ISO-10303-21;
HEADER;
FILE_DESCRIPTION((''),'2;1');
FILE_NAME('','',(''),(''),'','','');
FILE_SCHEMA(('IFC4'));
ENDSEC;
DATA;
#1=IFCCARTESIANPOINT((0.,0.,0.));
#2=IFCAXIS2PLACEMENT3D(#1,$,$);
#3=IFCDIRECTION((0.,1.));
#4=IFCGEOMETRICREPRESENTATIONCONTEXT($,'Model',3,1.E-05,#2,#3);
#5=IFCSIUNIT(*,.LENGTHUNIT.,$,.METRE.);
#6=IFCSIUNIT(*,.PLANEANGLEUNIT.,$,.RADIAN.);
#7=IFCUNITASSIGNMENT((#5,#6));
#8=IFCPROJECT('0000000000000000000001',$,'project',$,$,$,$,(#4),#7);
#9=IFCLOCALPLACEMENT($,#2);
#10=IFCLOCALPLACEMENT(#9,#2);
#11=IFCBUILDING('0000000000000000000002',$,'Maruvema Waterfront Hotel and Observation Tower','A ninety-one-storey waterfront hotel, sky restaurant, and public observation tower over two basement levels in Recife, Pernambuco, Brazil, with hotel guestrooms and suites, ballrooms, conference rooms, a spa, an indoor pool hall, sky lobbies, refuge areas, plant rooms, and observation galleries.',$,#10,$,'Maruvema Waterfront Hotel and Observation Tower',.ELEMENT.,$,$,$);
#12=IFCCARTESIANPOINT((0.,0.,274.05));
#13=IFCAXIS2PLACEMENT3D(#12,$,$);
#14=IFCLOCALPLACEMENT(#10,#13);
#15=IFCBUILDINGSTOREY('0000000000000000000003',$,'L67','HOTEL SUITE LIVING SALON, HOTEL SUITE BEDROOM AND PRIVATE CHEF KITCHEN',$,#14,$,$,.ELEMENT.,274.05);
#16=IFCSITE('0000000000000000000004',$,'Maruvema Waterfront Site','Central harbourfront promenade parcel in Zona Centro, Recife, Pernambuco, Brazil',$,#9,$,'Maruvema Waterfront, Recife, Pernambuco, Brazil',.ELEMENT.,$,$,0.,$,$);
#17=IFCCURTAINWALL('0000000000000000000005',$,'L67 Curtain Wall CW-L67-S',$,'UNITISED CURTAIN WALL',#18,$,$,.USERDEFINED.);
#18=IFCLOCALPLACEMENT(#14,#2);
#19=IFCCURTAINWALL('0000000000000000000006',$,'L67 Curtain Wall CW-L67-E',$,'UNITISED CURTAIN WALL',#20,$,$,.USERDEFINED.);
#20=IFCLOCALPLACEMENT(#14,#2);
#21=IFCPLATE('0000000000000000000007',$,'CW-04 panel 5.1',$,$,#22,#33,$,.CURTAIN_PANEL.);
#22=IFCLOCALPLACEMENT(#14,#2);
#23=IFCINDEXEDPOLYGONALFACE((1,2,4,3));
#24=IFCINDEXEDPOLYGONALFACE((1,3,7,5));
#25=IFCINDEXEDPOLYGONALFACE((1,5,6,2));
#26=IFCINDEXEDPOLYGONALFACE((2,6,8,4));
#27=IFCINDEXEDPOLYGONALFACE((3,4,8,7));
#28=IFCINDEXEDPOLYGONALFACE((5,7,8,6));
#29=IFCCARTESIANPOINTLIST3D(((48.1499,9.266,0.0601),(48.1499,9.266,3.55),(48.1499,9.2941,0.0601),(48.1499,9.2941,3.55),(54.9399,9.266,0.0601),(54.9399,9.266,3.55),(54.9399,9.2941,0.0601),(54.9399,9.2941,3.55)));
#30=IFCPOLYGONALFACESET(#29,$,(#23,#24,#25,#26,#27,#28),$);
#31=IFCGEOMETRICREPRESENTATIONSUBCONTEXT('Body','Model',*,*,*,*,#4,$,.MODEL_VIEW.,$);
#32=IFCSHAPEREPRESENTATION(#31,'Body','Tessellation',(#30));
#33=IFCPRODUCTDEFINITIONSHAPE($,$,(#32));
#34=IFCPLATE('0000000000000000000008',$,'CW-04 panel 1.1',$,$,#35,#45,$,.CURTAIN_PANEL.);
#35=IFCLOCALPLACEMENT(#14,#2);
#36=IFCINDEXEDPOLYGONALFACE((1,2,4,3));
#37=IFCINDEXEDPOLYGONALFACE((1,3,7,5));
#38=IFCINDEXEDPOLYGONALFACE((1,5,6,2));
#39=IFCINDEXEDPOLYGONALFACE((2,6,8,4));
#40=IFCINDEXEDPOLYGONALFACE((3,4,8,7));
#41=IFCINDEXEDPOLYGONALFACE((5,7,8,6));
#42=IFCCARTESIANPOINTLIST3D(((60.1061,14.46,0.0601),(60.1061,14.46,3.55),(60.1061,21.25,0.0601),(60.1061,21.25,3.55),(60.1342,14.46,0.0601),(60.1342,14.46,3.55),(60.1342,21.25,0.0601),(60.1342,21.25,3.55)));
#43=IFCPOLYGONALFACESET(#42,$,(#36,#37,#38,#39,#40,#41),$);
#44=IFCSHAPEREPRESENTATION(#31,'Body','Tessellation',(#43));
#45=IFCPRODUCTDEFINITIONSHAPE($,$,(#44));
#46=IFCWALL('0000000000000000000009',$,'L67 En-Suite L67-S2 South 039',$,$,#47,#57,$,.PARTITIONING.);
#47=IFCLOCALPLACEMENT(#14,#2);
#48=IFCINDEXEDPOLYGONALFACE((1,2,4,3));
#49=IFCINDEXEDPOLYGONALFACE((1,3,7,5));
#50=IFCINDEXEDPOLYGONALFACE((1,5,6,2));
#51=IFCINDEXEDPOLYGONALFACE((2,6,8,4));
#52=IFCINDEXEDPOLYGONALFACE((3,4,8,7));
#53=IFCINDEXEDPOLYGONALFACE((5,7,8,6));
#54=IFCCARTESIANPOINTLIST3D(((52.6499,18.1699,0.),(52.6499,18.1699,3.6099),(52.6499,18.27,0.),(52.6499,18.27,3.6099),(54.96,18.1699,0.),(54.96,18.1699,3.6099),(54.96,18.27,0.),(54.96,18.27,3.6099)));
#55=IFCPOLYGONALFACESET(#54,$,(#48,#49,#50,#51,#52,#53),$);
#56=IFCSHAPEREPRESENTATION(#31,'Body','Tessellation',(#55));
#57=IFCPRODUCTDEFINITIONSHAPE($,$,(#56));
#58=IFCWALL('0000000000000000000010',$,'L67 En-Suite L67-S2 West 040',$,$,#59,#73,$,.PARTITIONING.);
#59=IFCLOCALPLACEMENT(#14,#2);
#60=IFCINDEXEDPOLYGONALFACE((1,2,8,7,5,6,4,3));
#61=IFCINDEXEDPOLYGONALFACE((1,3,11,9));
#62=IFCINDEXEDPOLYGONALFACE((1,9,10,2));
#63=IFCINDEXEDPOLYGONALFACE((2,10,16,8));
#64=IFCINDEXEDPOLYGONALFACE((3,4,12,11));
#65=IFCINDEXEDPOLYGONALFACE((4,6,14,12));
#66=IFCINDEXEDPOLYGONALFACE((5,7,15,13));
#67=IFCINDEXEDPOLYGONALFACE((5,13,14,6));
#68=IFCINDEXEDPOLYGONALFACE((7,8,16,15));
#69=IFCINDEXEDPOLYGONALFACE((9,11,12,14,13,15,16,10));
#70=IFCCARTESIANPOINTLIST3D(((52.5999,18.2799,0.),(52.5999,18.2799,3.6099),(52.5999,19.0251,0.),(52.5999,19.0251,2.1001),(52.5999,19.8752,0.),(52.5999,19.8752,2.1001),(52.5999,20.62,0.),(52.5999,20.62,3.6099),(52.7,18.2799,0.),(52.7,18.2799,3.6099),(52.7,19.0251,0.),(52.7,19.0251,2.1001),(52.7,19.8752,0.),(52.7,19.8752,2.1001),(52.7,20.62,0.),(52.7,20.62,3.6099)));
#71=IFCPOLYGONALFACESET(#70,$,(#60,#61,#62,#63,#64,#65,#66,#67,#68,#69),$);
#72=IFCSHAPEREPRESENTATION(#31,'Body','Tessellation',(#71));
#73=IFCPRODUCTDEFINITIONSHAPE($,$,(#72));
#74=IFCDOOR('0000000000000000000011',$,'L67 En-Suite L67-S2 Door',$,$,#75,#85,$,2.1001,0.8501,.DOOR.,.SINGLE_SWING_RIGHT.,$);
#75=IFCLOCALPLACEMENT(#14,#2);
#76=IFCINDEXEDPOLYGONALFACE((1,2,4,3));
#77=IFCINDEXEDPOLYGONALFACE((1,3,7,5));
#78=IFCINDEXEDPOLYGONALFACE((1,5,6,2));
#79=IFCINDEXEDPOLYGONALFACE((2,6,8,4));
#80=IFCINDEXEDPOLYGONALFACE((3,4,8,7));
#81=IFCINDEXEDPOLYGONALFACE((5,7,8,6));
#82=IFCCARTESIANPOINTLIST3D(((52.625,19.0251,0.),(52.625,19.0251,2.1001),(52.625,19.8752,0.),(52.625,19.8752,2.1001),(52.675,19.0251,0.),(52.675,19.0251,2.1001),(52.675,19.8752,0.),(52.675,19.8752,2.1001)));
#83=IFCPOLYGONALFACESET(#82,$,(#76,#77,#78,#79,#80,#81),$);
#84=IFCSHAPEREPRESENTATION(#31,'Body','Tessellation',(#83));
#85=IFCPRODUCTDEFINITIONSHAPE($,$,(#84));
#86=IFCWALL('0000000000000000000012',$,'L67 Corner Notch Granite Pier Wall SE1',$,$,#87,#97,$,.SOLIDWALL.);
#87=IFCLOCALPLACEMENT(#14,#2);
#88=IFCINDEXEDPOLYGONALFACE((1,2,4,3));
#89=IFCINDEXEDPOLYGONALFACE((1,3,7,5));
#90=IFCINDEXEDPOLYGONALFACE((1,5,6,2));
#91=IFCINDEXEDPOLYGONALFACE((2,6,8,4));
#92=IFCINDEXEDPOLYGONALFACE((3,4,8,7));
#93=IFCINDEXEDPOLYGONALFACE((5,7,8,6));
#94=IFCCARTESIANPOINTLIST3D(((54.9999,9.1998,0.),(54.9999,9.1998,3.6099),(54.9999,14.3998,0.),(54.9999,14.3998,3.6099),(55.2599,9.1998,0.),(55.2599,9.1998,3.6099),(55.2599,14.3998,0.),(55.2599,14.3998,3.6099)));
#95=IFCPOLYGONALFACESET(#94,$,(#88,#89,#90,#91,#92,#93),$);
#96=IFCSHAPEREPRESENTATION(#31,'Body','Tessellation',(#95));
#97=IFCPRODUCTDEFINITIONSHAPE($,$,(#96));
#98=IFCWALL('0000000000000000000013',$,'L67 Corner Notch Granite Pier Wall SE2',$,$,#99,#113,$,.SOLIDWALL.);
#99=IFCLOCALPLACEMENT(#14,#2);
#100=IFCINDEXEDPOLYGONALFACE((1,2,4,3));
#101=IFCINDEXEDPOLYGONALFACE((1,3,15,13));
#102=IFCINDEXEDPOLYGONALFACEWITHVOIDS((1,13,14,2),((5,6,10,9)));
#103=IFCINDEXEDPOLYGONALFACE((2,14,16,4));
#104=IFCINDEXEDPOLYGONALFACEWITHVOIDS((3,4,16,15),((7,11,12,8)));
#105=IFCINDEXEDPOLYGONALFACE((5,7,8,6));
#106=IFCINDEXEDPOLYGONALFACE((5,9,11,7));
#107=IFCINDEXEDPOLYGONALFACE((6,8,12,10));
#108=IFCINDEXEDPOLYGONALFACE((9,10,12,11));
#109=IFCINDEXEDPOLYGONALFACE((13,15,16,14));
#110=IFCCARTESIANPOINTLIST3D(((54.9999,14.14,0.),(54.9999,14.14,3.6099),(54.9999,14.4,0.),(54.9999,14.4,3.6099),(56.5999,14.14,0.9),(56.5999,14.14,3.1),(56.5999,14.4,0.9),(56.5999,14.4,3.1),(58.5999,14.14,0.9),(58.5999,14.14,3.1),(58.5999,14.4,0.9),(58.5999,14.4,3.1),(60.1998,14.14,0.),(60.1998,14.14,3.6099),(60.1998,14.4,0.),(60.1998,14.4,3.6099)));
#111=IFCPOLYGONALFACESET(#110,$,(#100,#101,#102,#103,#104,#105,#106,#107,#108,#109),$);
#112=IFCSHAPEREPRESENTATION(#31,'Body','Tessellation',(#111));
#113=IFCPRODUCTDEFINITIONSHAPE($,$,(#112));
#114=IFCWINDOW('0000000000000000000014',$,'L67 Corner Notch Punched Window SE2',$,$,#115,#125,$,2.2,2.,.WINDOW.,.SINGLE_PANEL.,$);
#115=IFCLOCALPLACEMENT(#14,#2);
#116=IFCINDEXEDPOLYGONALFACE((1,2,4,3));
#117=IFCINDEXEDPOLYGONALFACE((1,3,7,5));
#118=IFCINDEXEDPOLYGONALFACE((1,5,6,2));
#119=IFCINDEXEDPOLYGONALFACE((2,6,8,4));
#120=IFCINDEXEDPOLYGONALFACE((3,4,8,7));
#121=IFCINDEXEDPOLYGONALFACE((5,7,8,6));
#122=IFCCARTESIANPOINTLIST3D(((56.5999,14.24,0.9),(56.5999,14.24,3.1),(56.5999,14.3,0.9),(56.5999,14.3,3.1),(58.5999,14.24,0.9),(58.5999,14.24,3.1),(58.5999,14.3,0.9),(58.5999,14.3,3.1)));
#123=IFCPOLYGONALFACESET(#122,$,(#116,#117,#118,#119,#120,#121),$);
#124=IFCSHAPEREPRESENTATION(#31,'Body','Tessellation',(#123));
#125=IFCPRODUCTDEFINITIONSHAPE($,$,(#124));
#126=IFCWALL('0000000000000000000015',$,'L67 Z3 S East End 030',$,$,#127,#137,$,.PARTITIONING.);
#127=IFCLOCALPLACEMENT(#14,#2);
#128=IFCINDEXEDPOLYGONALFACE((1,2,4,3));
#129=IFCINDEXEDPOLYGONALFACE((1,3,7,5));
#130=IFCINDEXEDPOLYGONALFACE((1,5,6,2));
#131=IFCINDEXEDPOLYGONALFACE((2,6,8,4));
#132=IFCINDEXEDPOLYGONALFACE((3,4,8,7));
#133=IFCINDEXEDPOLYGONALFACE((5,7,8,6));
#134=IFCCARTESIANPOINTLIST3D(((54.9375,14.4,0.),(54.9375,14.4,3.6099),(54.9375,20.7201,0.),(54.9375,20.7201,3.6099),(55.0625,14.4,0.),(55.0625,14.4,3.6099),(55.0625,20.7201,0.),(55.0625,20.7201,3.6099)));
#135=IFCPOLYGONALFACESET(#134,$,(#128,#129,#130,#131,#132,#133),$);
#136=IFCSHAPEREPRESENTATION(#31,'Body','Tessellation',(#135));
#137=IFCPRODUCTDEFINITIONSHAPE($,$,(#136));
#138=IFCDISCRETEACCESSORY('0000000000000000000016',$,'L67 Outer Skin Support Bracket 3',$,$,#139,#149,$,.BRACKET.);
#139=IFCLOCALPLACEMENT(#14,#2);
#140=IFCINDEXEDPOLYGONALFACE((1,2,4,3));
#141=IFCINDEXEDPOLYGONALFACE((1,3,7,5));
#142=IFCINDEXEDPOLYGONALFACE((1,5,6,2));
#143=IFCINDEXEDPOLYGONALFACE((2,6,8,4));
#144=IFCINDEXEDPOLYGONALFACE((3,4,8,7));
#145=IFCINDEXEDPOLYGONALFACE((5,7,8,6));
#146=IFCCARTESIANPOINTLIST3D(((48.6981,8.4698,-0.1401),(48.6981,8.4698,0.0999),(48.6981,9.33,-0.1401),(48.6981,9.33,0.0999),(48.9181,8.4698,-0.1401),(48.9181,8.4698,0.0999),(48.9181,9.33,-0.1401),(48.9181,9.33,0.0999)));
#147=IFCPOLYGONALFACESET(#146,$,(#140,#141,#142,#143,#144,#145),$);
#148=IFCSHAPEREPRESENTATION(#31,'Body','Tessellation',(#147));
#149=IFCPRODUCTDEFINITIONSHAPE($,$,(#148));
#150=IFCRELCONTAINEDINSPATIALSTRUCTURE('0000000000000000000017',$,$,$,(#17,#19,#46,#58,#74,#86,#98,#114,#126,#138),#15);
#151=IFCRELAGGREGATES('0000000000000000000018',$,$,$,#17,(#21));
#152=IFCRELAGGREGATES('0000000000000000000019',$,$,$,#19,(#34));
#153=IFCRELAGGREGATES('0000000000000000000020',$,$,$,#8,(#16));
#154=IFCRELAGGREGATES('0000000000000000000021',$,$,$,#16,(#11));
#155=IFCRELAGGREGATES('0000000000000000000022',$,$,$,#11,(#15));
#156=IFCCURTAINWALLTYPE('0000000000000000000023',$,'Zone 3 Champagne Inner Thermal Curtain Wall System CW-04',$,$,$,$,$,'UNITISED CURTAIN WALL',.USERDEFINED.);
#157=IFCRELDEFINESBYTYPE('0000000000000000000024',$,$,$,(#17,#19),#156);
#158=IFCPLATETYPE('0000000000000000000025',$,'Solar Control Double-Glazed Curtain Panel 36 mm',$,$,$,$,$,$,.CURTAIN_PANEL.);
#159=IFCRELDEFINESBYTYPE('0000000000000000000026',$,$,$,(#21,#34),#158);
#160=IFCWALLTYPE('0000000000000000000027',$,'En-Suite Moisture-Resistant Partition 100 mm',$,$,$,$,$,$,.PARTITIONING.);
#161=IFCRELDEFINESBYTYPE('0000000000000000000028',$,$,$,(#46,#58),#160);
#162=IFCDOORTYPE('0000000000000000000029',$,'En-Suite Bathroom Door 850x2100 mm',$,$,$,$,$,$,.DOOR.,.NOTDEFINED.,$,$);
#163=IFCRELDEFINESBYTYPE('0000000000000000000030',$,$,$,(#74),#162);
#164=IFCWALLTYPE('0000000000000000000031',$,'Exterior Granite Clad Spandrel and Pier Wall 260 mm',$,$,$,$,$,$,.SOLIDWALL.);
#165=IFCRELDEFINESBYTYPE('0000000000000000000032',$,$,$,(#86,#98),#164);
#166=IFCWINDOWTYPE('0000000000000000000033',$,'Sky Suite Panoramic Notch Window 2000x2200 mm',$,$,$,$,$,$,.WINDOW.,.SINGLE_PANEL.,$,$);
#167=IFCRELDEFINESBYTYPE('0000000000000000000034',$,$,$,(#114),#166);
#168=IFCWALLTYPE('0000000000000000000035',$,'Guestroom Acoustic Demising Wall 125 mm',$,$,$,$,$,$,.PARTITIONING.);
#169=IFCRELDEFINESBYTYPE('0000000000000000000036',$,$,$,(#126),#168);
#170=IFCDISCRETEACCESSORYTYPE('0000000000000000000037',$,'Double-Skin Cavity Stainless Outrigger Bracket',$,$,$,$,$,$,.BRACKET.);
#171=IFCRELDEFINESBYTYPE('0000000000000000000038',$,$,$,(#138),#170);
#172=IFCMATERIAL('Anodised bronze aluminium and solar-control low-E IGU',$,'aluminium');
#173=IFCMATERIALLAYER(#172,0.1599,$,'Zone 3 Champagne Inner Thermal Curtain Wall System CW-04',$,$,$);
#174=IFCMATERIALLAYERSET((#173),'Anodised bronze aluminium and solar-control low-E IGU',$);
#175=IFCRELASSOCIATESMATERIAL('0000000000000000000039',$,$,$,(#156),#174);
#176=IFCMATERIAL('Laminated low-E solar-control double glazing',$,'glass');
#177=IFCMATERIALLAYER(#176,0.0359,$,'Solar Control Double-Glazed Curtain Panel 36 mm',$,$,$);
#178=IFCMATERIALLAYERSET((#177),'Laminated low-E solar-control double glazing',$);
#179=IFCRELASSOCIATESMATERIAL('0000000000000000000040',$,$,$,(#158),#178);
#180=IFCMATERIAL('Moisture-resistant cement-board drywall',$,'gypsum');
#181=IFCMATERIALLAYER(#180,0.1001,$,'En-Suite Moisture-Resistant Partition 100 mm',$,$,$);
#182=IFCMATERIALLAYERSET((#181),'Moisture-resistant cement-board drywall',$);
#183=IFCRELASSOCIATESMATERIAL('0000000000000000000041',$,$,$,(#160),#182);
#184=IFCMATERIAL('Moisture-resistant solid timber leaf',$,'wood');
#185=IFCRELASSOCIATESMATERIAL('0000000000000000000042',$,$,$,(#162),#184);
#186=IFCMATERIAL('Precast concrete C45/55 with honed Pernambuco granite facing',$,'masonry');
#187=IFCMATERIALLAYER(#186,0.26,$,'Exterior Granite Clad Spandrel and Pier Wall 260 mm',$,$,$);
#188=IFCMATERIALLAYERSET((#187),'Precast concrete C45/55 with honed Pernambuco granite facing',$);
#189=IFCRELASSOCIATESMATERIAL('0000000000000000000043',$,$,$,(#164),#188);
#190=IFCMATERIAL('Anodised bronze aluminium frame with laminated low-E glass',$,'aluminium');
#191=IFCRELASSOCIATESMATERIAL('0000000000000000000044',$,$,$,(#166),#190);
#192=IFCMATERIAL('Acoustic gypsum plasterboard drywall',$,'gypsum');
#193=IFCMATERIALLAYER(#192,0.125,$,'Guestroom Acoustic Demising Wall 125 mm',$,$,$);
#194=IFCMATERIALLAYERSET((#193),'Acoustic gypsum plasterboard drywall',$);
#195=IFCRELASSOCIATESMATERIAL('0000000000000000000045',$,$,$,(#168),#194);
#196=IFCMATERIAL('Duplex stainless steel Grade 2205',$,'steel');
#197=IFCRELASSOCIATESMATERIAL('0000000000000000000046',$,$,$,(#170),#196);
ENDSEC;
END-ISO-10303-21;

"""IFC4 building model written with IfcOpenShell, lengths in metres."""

from ifc_helpers import new_model, si_unit, direction, frame, frame_2d, origin, origin_2d, place, context, subcontext, project, spatial, rectangle, extrude, material, layer, layer_set, type_object, element, fill, aggregate, save


model = new_model("IFC4")

# Units and contexts
model_context = context("Model", 3, precision=1e-05, world=origin(), true_north=direction((0.0, 1.0)))
body_context = subcontext(model_context, "Body", "Model", "MODEL_VIEW")
ifc_project = project(units=[si_unit("LENGTHUNIT", "METRE"), si_unit("PLANEANGLEUNIT", "RADIAN")], contexts=[model_context])

# Site, building, storey
site_placement = place(None, origin())
site = spatial("IfcSite", under=ifc_project, at=site_placement, Name="Maruvema Waterfront Site", Description="Central harbourfront promenade parcel in Zona Centro, Recife, Pernambuco, Brazil", LongName="Maruvema Waterfront, Recife, Pernambuco, Brazil", CompositionType="ELEMENT", RefElevation=0.0)
building_placement = place(site_placement, origin())
building = spatial("IfcBuilding", under=site, at=building_placement, Name="Maruvema Waterfront Hotel and Observation Tower", Description="A ninety-one-storey waterfront hotel, sky restaurant, and public observation tower over two basement levels in Recife, Pernambuco, Brazil, with hotel guestrooms and suites, ballrooms, conference rooms, a spa, an indoor pool hall, sky lobbies, refuge areas, plant rooms, and observation galleries.", LongName="Maruvema Waterfront Hotel and Observation Tower", CompositionType="ELEMENT")
storey_placement = place(building_placement, frame((0.0, 0.0, 274.05)))
storey = spatial("IfcBuildingStorey", under=building, at=storey_placement, Name="L67", Description="HOTEL SUITE LIVING SALON, HOTEL SUITE BEDROOM AND PRIVATE CHEF KITCHEN", CompositionType="ELEMENT", Elevation=274.05)

# Curtain wall
ifc_material_1 = material(Name="Anodised bronze aluminium and solar-control low-E IGU", Category="aluminium")
ifc_layer_1 = layer(ifc_material_1, 0.1599, Name="Zone 3 Champagne Inner Thermal Curtain Wall System CW-04")
ifc_layer_set_1 = layer_set([ifc_layer_1], Name="Anodised bronze aluminium and solar-control low-E IGU")
curtain_wall_type = type_object("IfcCurtainWallType", Name="Zone 3 Champagne Inner Thermal Curtain Wall System CW-04", ElementType="UNITISED CURTAIN WALL", PredefinedType="USERDEFINED", material=ifc_layer_set_1)
curtain_wall_1_placement = place(storey_placement, origin())
curtain_wall_1 = element("IfcCurtainWall", 1, at=curtain_wall_1_placement, inside=storey, type_object=curtain_wall_type, Name="L67 Curtain Wall CW-L67-S", ObjectType="UNITISED CURTAIN WALL", PredefinedType="USERDEFINED")

# Curtain wall
curtain_wall_2_placement = place(storey_placement, origin())
curtain_wall_2 = element("IfcCurtainWall", 2, at=curtain_wall_2_placement, inside=storey, type_object=curtain_wall_type, Name="L67 Curtain Wall CW-L67-E", ObjectType="UNITISED CURTAIN WALL", PredefinedType="USERDEFINED")

# Plates
ifc_material_2 = material(Name="Laminated low-E solar-control double glazing", Category="glass")
ifc_layer_2 = layer(ifc_material_2, 0.0359, Name="Solar Control Double-Glazed Curtain Panel 36 mm")
ifc_layer_set_2 = layer_set([ifc_layer_2], Name="Laminated low-E solar-control double glazing")
plate_type = type_object("IfcPlateType", Name="Solar Control Double-Glazed Curtain Panel 36 mm", PredefinedType="CURTAIN_PANEL", material=ifc_layer_set_2)
plate_1_placement = place(storey_placement, frame((51.5449, 9.28, 0.0601), z_axis=(0.0, 0.0, 1.0), x_axis=(1.0, 0.0, 0.0)))
plate_1 = element("IfcPlate", 3, at=plate_1_placement, type_object=plate_type, Name="CW-04 panel 5.1", PredefinedType="CURTAIN_PANEL", context=body_context, shape_type="SweptSolid", body=[
    extrude(rectangle(XDim=6.79, YDim=0.0281, at=origin_2d()), origin(), (0.0, 0.0, 1.0), 3.49),
])
aggregate(curtain_wall_1, [plate_1])
plate_2_placement = place(storey_placement, frame((60.1201, 17.855, 0.0601), z_axis=(0.0, 0.0, 1.0), x_axis=(0.0, 1.0, 0.0)))
plate_2 = element("IfcPlate", 4, at=plate_2_placement, type_object=plate_type, Name="CW-04 panel 1.1", PredefinedType="CURTAIN_PANEL", context=body_context, shape_type="SweptSolid", body=[
    extrude(rectangle(XDim=6.79, YDim=0.0281, at=origin_2d()), origin(), (0.0, 0.0, 1.0), 3.49),
])
aggregate(curtain_wall_2, [plate_2])

# Wall
ifc_material_3 = material(Name="Moisture-resistant cement-board drywall", Category="gypsum")
ifc_layer_3 = layer(ifc_material_3, 0.1001, Name="En-Suite Moisture-Resistant Partition 100 mm")
ifc_layer_set_3 = layer_set([ifc_layer_3], Name="Moisture-resistant cement-board drywall")
wall_type_1 = type_object("IfcWallType", Name="En-Suite Moisture-Resistant Partition 100 mm", PredefinedType="PARTITIONING", material=ifc_layer_set_3)
wall_1_placement = place(storey_placement, frame((52.6499, 18.22, 0.0), z_axis=(0.0, 0.0, 1.0), x_axis=(1.0, 0.0, 0.0)))
element("IfcWall", 5, at=wall_1_placement, inside=storey, type_object=wall_type_1, Name="L67 En-Suite L67-S2 South 039", PredefinedType="PARTITIONING", context=body_context, shape_type="SweptSolid", body=[
    extrude(rectangle(XDim=2.3101, YDim=0.1001, at=frame_2d((1.155, 0.0))), origin(), (0.0, 0.0, 1.0), 3.6099),
])

# Wall, opening, door
wall_2_placement = place(storey_placement, frame((52.6499, 18.28, 0.0), z_axis=(0.0, 0.0, 1.0), x_axis=(0.0, 1.0, 0.0)))
wall_2 = element("IfcWall", 6, at=wall_2_placement, inside=storey, type_object=wall_type_1, Name="L67 En-Suite L67-S2 West 040", PredefinedType="PARTITIONING", context=body_context, shape_type="SweptSolid", body=[
    extrude(rectangle(XDim=2.3401, YDim=0.1001, at=frame_2d((1.1699, 0.0))), origin(), (0.0, 0.0, 1.0), 3.6099),
])
opening_1_placement = place(wall_2_placement, frame((0.7451, 0.0, 0.0)))
opening_1 = element("IfcOpeningElement", 7, at=opening_1_placement, cuts=wall_2, PredefinedType="OPENING", context=body_context, shape_type="SweptSolid", body=[
    extrude(rectangle(XDim=0.8501, YDim=2.1001, at=frame_2d((0.425, 1.05))), frame((0.0, 0.0601, 0.0), z_axis=(0.0, -1.0, 0.0), x_axis=(1.0, 0.0, 0.0)), (0.0, 0.0, 1.0), 0.1201),
])
ifc_material_4 = material(Name="Moisture-resistant solid timber leaf", Category="wood")
door_type = type_object("IfcDoorType", Name="En-Suite Bathroom Door 850x2100 mm", OperationType="NOTDEFINED", PredefinedType="DOOR", material=ifc_material_4)
door_placement = place(opening_1_placement, origin())
door = element("IfcDoor", 8, at=door_placement, inside=storey, type_object=door_type, Name="L67 En-Suite L67-S2 Door", OperationType="SINGLE_SWING_RIGHT", OverallHeight=2.1001, OverallWidth=0.8501, PredefinedType="DOOR", context=body_context, shape_type="SweptSolid", body=[
    extrude(rectangle(XDim=0.8501, YDim=2.1001, at=frame_2d((0.425, 1.05))), frame((0.0, 0.0249, 0.0), z_axis=(0.0, -1.0, 0.0), x_axis=(1.0, 0.0, 0.0)), (0.0, 0.0, 1.0), 0.05),
])
fill(opening_1, door)

# Wall
ifc_material_5 = material(Name="Precast concrete C45/55 with honed Pernambuco granite facing", Category="masonry")
ifc_layer_4 = layer(ifc_material_5, 0.26, Name="Exterior Granite Clad Spandrel and Pier Wall 260 mm")
ifc_layer_set_4 = layer_set([ifc_layer_4], Name="Precast concrete C45/55 with honed Pernambuco granite facing")
wall_type_2 = type_object("IfcWallType", Name="Exterior Granite Clad Spandrel and Pier Wall 260 mm", PredefinedType="SOLIDWALL", material=ifc_layer_set_4)
wall_3_placement = place(storey_placement, frame((55.1299, 14.3999, 0.0), z_axis=(0.0, 0.0, 1.0), x_axis=(0.0, -1.0, 0.0)))
element("IfcWall", 9, at=wall_3_placement, inside=storey, type_object=wall_type_2, Name="L67 Corner Notch Granite Pier Wall SE1", PredefinedType="SOLIDWALL", context=body_context, shape_type="SweptSolid", body=[
    extrude(rectangle(XDim=5.2, YDim=0.26, at=frame_2d((2.6001, 0.0))), origin(), (0.0, 0.0, 1.0), 3.6099),
])

# Wall, opening, window
wall_4_placement = place(storey_placement, frame((60.2, 14.27, 0.0), z_axis=(0.0, 0.0, 1.0), x_axis=(-1.0, 0.0, 0.0)))
wall_4 = element("IfcWall", 10, at=wall_4_placement, inside=storey, type_object=wall_type_2, Name="L67 Corner Notch Granite Pier Wall SE2", PredefinedType="SOLIDWALL", context=body_context, shape_type="SweptSolid", body=[
    extrude(rectangle(XDim=5.2, YDim=0.26, at=frame_2d((2.6001, 0.0))), origin(), (0.0, 0.0, 1.0), 3.6099),
])
opening_2_placement = place(wall_4_placement, frame((1.6001, 0.0, 0.8999)))
opening_2 = element("IfcOpeningElement", 11, at=opening_2_placement, cuts=wall_4, PredefinedType="OPENING", context=body_context, shape_type="SweptSolid", body=[
    extrude(rectangle(XDim=2.0, YDim=2.2, at=frame_2d((1.0, 1.1001))), frame((0.0, 0.1401, 0.0), z_axis=(0.0, -1.0, 0.0), x_axis=(1.0, 0.0, 0.0)), (0.0, 0.0, 1.0), 0.28),
])
ifc_material_6 = material(Name="Anodised bronze aluminium frame with laminated low-E glass", Category="aluminium")
window_type = type_object("IfcWindowType", Name="Sky Suite Panoramic Notch Window 2000x2200 mm", PartitioningType="SINGLE_PANEL", PredefinedType="WINDOW", material=ifc_material_6)
window_placement = place(opening_2_placement, origin())
window = element("IfcWindow", 12, at=window_placement, inside=storey, type_object=window_type, Name="L67 Corner Notch Punched Window SE2", OverallHeight=2.2, OverallWidth=2.0, PartitioningType="SINGLE_PANEL", PredefinedType="WINDOW", context=body_context, shape_type="SweptSolid", body=[
    extrude(rectangle(XDim=2.0, YDim=2.2, at=frame_2d((1.0, 1.1001))), frame((0.0, 0.03, 0.0), z_axis=(0.0, -1.0, 0.0), x_axis=(1.0, 0.0, 0.0)), (0.0, 0.0, 1.0), 0.0601),
])
fill(opening_2, window)

# Wall
ifc_material_7 = material(Name="Acoustic gypsum plasterboard drywall", Category="gypsum")
ifc_layer_5 = layer(ifc_material_7, 0.125, Name="Guestroom Acoustic Demising Wall 125 mm")
ifc_layer_set_5 = layer_set([ifc_layer_5], Name="Acoustic gypsum plasterboard drywall")
wall_type_3 = type_object("IfcWallType", Name="Guestroom Acoustic Demising Wall 125 mm", PredefinedType="PARTITIONING", material=ifc_layer_set_5)
wall_5_placement = place(storey_placement, frame((55.0, 14.3999, 0.0), z_axis=(0.0, 0.0, 1.0), x_axis=(0.0, 1.0, 0.0)))
element("IfcWall", 13, at=wall_5_placement, inside=storey, type_object=wall_type_3, Name="L67 Z3 S East End 030", PredefinedType="PARTITIONING", context=body_context, shape_type="SweptSolid", body=[
    extrude(rectangle(XDim=6.3201, YDim=0.125, at=frame_2d((3.1602, 0.0))), origin(), (0.0, 0.0, 1.0), 3.6099),
])

# Discrete accessory
ifc_material_8 = material(Name="Duplex stainless steel Grade 2205", Category="steel")
discrete_accessory_type = type_object("IfcDiscreteAccessoryType", Name="Double-Skin Cavity Stainless Outrigger Bracket", PredefinedType="BRACKET", material=ifc_material_8)
discrete_accessory_placement = place(storey_placement, frame((48.8081, 8.8999, -0.1401), z_axis=(0.0, 0.0, 1.0), x_axis=(1.0, 0.0, 0.0)))
element("IfcDiscreteAccessory", 14, at=discrete_accessory_placement, inside=storey, type_object=discrete_accessory_type, Name="L67 Outer Skin Support Bracket 3", PredefinedType="BRACKET", context=body_context, shape_type="SweptSolid", body=[
    extrude(rectangle(XDim=0.22, YDim=0.8601, at=origin_2d()), origin(), (0.0, 0.0, 1.0), 0.24),
])

save(model, "model.ifc")
